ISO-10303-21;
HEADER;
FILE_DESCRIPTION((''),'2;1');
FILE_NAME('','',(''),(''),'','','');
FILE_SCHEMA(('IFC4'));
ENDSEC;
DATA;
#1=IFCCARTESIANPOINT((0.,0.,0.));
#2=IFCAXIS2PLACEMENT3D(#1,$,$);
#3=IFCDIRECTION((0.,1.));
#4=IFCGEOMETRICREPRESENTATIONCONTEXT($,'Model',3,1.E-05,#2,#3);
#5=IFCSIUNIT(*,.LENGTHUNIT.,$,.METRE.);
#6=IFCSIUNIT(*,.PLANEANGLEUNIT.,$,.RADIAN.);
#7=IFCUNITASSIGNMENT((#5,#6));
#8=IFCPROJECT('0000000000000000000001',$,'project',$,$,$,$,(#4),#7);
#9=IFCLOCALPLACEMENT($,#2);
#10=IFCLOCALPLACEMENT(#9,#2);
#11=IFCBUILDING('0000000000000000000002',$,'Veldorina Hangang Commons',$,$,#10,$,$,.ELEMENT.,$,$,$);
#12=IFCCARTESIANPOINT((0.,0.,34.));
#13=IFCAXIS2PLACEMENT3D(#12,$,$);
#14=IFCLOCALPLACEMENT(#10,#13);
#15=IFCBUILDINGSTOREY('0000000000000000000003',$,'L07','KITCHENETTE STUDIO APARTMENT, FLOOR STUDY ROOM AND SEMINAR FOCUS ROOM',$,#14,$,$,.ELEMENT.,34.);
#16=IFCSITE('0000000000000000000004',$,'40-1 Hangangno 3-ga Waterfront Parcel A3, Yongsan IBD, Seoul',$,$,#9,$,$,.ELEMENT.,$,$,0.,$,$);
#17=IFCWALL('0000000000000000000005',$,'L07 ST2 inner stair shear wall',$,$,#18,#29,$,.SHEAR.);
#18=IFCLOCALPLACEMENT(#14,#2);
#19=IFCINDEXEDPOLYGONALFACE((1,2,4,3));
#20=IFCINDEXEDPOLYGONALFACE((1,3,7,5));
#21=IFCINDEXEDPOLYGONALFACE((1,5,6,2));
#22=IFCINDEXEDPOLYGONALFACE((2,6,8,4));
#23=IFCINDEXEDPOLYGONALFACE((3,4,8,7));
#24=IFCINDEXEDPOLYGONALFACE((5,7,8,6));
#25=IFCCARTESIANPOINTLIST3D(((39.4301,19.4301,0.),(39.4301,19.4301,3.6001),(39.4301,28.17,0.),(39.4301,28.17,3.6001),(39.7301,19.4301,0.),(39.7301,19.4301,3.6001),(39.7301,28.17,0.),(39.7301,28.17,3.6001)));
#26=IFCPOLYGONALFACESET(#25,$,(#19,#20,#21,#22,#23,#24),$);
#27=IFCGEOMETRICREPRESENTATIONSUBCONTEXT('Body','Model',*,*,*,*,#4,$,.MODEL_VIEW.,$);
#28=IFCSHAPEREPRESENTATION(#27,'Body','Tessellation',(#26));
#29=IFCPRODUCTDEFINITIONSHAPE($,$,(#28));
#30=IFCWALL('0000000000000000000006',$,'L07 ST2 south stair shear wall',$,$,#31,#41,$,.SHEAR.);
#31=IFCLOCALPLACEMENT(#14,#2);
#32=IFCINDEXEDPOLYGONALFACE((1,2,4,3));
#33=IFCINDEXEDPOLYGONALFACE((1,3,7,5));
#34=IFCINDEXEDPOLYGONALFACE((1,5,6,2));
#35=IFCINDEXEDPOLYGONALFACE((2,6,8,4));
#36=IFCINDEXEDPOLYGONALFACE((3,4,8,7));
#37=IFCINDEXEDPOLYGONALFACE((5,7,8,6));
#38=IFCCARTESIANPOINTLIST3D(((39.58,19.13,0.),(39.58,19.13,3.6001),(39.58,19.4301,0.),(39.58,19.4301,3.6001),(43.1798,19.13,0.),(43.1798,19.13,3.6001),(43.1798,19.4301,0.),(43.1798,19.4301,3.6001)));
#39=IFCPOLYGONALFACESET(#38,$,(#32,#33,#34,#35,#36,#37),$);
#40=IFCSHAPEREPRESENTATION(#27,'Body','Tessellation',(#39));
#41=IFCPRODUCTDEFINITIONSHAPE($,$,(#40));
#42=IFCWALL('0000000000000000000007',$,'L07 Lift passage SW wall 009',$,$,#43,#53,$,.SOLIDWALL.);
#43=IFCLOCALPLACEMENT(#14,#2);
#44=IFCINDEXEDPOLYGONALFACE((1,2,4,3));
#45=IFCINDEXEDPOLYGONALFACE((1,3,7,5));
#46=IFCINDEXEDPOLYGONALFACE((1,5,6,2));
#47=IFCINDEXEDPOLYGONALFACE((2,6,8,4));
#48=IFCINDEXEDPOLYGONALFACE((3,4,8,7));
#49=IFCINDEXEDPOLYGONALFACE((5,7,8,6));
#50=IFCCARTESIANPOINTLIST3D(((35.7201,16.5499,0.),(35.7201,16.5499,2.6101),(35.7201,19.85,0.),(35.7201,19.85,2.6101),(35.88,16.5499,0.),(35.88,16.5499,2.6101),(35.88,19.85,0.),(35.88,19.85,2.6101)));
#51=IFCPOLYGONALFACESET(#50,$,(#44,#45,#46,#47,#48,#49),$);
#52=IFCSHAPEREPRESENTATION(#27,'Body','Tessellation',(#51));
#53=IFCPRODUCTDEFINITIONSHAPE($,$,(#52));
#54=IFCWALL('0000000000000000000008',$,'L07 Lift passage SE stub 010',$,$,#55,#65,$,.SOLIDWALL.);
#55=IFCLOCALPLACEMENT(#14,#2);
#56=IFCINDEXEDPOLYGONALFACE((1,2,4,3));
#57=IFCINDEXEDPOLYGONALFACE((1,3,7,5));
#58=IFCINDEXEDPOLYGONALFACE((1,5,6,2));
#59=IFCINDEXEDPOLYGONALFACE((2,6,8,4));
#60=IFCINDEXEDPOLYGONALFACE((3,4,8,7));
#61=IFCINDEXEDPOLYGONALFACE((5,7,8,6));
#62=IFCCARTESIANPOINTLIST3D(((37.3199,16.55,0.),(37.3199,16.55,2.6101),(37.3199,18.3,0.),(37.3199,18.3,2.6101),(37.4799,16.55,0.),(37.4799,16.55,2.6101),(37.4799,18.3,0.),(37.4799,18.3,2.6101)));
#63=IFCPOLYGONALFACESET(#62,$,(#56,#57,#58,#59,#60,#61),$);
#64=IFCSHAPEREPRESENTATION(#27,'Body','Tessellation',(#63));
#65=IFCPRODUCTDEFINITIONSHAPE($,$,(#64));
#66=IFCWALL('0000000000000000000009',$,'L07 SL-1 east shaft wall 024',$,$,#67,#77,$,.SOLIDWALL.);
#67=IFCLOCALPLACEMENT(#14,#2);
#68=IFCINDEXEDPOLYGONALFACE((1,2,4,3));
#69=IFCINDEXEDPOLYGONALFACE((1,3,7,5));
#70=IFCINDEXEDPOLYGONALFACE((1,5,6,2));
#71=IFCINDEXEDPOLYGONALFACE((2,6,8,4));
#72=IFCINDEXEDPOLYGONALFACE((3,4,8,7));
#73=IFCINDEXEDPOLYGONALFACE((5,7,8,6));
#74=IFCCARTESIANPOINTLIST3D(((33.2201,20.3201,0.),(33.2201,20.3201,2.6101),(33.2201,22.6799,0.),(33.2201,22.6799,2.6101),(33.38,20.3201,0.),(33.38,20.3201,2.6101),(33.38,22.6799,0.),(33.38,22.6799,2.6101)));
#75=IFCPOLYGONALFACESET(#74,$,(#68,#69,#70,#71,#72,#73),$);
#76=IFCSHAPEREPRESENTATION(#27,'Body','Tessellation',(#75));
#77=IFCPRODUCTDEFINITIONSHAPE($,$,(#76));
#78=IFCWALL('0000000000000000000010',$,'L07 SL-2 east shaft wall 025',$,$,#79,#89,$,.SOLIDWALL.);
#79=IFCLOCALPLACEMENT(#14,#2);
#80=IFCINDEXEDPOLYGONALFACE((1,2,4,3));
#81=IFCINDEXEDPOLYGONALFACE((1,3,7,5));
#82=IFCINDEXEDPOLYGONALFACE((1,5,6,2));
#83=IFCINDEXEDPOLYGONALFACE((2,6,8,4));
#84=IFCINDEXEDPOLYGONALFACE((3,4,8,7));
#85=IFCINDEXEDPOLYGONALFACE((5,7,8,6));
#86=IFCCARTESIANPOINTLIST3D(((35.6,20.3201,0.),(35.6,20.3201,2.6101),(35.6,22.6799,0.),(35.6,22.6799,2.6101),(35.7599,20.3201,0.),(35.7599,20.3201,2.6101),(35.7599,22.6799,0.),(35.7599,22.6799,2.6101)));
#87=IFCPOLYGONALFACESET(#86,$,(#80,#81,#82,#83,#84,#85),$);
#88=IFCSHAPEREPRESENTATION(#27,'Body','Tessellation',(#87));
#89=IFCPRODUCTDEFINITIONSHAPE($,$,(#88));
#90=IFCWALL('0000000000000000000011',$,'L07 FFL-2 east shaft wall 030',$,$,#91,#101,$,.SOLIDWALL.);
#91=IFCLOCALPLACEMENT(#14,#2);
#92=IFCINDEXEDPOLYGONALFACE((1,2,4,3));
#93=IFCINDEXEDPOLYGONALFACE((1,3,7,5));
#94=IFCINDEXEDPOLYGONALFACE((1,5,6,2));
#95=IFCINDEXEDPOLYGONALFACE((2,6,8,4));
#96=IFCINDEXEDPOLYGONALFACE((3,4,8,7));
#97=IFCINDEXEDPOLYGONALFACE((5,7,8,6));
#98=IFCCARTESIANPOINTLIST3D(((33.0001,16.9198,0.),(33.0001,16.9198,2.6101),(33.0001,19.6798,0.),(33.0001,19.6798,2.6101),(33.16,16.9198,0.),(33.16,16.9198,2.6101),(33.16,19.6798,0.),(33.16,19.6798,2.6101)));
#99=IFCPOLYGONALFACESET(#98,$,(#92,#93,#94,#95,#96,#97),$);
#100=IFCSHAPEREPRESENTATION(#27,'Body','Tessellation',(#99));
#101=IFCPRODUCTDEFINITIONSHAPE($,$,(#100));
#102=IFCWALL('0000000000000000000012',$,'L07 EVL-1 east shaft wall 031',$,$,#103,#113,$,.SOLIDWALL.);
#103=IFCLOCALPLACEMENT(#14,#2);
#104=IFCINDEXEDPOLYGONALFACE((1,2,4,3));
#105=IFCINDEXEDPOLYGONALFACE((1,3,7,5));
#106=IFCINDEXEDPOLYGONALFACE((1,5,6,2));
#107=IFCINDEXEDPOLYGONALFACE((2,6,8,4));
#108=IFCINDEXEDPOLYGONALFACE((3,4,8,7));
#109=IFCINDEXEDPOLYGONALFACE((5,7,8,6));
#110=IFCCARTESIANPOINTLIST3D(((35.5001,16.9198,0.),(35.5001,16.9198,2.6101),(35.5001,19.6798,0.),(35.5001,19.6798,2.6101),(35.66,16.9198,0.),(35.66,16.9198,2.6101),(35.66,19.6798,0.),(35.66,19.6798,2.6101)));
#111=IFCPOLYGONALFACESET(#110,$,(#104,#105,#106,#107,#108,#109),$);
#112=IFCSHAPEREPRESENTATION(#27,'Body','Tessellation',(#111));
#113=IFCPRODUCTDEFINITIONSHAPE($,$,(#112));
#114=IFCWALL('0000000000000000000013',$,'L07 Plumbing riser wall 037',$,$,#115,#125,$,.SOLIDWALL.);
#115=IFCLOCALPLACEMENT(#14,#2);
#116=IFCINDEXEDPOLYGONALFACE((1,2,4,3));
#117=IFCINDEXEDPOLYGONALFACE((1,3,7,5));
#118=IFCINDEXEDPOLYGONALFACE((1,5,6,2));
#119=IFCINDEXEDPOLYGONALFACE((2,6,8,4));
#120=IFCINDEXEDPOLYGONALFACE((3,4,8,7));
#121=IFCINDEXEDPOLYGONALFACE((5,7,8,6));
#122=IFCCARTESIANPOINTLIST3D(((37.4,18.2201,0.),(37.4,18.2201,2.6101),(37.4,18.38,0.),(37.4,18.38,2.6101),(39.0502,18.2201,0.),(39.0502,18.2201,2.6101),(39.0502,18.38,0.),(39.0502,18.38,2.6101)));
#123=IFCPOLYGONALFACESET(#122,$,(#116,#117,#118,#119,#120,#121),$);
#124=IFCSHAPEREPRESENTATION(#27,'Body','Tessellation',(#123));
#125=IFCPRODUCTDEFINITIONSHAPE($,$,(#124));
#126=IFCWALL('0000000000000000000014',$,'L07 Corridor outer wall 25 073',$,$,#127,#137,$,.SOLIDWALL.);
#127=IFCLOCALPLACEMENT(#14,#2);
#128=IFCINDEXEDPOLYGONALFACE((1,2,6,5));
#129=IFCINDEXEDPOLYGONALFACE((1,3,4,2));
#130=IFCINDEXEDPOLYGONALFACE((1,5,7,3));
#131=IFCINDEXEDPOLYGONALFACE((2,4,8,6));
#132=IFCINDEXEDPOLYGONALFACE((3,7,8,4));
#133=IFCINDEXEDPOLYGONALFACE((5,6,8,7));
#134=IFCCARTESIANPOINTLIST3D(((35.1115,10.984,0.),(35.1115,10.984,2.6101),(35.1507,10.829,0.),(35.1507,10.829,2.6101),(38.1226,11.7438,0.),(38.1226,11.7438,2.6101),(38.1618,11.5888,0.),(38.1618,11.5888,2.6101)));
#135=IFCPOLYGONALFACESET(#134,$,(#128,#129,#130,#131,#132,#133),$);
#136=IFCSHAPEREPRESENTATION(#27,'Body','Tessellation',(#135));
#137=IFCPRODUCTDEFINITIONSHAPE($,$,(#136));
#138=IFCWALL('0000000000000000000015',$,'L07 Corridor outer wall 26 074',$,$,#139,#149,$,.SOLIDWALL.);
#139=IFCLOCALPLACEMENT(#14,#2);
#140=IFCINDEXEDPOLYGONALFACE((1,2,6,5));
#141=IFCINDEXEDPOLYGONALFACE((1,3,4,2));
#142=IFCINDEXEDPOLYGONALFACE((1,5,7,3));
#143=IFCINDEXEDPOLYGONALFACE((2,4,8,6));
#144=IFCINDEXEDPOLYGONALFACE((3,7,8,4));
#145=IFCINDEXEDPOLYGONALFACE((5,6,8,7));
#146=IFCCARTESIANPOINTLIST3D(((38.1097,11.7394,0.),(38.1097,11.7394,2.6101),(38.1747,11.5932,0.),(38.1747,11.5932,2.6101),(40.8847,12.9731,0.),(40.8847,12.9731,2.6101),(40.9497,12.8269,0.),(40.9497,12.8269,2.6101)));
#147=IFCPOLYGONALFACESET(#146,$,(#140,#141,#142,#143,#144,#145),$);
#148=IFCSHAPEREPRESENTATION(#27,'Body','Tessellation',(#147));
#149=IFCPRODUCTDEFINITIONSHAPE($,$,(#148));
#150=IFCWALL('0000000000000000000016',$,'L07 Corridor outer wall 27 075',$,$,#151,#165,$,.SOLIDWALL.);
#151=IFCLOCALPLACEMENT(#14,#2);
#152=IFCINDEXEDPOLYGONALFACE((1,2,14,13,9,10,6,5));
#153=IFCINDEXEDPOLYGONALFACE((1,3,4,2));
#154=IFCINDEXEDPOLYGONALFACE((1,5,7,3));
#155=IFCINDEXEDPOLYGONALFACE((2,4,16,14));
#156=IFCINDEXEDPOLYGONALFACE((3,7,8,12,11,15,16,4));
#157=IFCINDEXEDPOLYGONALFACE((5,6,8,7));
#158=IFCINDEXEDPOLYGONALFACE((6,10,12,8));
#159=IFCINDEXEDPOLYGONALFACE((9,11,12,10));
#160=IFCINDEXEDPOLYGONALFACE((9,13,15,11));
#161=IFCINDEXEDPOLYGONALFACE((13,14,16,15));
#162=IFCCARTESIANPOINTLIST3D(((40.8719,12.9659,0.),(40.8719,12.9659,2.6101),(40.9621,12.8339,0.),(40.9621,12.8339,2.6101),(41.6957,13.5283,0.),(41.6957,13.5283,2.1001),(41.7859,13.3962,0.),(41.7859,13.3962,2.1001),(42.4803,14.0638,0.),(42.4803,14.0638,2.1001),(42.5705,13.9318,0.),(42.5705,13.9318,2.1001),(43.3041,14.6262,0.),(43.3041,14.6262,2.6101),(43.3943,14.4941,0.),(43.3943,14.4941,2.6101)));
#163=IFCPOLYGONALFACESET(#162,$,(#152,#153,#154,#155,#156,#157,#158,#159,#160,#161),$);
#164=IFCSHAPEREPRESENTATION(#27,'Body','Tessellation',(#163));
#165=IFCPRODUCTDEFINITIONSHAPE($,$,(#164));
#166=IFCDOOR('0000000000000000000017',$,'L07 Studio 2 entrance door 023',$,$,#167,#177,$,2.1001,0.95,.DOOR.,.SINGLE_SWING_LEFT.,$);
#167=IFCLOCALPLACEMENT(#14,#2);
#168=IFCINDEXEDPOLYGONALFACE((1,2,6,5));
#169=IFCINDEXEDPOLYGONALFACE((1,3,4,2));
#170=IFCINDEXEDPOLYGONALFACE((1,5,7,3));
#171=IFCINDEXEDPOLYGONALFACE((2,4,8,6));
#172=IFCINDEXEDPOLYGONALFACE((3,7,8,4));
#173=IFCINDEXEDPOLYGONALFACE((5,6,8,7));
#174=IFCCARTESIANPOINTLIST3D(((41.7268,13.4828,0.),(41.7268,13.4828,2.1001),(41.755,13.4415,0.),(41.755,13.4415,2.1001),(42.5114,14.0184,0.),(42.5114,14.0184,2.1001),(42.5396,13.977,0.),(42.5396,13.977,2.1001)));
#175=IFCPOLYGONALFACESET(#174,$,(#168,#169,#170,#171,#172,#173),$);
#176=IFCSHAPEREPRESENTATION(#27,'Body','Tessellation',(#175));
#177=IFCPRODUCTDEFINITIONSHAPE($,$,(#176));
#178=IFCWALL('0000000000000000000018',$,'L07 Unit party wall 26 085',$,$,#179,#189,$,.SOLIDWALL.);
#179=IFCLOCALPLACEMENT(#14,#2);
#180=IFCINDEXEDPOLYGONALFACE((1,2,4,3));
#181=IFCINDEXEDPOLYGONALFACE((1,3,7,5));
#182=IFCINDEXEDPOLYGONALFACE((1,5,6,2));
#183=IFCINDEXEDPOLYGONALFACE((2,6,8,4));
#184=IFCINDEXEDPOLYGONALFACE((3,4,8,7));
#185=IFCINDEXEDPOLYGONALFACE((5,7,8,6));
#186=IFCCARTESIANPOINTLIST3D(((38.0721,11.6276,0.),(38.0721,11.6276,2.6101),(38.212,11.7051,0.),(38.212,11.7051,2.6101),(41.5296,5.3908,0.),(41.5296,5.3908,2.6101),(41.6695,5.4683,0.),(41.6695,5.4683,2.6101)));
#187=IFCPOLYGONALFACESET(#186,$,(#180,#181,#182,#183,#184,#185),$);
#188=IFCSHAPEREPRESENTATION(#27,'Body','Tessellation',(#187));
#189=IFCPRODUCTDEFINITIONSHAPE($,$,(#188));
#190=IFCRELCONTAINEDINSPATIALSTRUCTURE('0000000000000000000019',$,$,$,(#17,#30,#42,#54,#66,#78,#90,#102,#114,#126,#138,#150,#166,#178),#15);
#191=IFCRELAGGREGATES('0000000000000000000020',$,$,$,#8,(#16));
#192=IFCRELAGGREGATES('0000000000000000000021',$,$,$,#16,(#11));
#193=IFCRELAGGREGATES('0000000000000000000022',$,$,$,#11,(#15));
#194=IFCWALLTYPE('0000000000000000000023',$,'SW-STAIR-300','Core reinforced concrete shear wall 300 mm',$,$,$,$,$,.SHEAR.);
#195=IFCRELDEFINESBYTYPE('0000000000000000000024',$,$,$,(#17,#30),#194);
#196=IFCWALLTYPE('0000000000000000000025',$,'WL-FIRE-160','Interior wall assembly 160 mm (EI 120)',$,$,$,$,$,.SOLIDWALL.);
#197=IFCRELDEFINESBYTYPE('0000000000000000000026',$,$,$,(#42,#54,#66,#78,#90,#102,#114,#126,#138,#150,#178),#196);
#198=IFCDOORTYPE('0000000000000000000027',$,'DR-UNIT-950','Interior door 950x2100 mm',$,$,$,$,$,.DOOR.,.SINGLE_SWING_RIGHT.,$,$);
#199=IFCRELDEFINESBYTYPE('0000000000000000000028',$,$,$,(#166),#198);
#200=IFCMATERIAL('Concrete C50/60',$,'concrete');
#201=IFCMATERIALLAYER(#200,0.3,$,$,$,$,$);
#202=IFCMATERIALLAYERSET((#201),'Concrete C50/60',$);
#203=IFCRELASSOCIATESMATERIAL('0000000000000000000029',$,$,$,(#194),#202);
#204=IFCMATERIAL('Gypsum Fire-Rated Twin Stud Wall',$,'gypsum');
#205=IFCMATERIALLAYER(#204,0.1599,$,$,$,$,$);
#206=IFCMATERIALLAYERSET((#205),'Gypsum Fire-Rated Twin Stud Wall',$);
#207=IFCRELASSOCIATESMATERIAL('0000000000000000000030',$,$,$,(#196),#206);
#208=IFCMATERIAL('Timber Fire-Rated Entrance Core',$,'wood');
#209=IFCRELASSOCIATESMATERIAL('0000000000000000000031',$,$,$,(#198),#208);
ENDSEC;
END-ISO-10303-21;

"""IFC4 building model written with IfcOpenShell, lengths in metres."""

from ifc_helpers import new_model, si_unit, direction, frame, frame_2d, origin, place, context, subcontext, project, spatial, rectangle, extrude, material, layer, layer_set, type_object, element, fill, save


model = new_model("IFC4")

# Units and contexts
model_context = context("Model", 3, precision=1e-05, world=origin(), true_north=direction((0.0, 1.0)))
body_context = subcontext(model_context, "Body", "Model", "MODEL_VIEW")
ifc_project = project(units=[si_unit("LENGTHUNIT", "METRE"), si_unit("PLANEANGLEUNIT", "RADIAN")], contexts=[model_context])

# Site, building, storey
site_placement = place(None, origin())
site = spatial("IfcSite", under=ifc_project, at=site_placement, Name="40-1 Hangangno 3-ga Waterfront Parcel A3, Yongsan IBD, Seoul", CompositionType="ELEMENT", RefElevation=0.0)
building_placement = place(site_placement, origin())
building = spatial("IfcBuilding", under=site, at=building_placement, Name="Veldorina Hangang Commons", CompositionType="ELEMENT")
storey_placement = place(building_placement, frame((0.0, 0.0, 34.0)))
storey = spatial("IfcBuildingStorey", under=building, at=storey_placement, Name="L07", Description="KITCHENETTE STUDIO APARTMENT, FLOOR STUDY ROOM AND SEMINAR FOCUS ROOM", CompositionType="ELEMENT", Elevation=34.0)

# Walls
ifc_material_1 = material(Name="Concrete C50/60", Category="concrete")
ifc_layer_1 = layer(ifc_material_1, 0.3)
ifc_layer_set_1 = layer_set([ifc_layer_1], Name="Concrete C50/60")
wall_type_1 = type_object("IfcWallType", Name="SW-STAIR-300", Description="Core reinforced concrete shear wall 300 mm", PredefinedType="SHEAR", material=ifc_layer_set_1)
wall_1_placement = place(storey_placement, frame((39.5801, 19.4299, 0.0), z_axis=(0.0, 0.0, 1.0), x_axis=(0.0, 1.0, 0.0)))
element("IfcWall", 1, at=wall_1_placement, inside=storey, type_object=wall_type_1, Name="L07 ST2 inner stair shear wall", PredefinedType="SHEAR", context=body_context, shape_type="SweptSolid", body=[
    extrude(rectangle(XDim=8.74, YDim=0.3, at=frame_2d((4.3701, 0.0))), origin(), (0.0, 0.0, 1.0), 3.6001),
])
wall_2_placement = place(storey_placement, frame((39.5801, 19.28, 0.0), z_axis=(0.0, 0.0, 1.0), x_axis=(1.0, 0.0, 0.0)))
element("IfcWall", 2, at=wall_2_placement, inside=storey, type_object=wall_type_1, Name="L07 ST2 south stair shear wall", PredefinedType="SHEAR", context=body_context, shape_type="SweptSolid", body=[
    extrude(rectangle(XDim=3.5999, YDim=0.3, at=frame_2d((1.7998, 0.0))), origin(), (0.0, 0.0, 1.0), 3.6001),
])
ifc_material_2 = material(Name="Gypsum Fire-Rated Twin Stud Wall", Category="gypsum")
ifc_layer_2 = layer(ifc_material_2, 0.1599)
ifc_layer_set_2 = layer_set([ifc_layer_2], Name="Gypsum Fire-Rated Twin Stud Wall")
wall_type_2 = type_object("IfcWallType", Name="WL-FIRE-160", Description="Interior wall assembly 160 mm (EI 120)", PredefinedType="SOLIDWALL", material=ifc_layer_set_2)
wall_3_placement = place(storey_placement, frame((35.8, 16.55, 0.0), z_axis=(0.0, 0.0, 1.0), x_axis=(0.0, 1.0, 0.0)))
element("IfcWall", 3, at=wall_3_placement, inside=storey, type_object=wall_type_2, Name="L07 Lift passage SW wall 009", PredefinedType="SOLIDWALL", context=body_context, shape_type="SweptSolid", body=[
    extrude(rectangle(XDim=3.3, YDim=0.1599, at=frame_2d((1.6499, 0.0))), origin(), (0.0, 0.0, 1.0), 2.6101),
])
wall_4_placement = place(storey_placement, frame((37.3999, 16.55, 0.0), z_axis=(0.0, 0.0, 1.0), x_axis=(0.0, 1.0, 0.0)))
element("IfcWall", 4, at=wall_4_placement, inside=storey, type_object=wall_type_2, Name="L07 Lift passage SE stub 010", PredefinedType="SOLIDWALL", context=body_context, shape_type="SweptSolid", body=[
    extrude(rectangle(XDim=1.75, YDim=0.1599, at=frame_2d((0.875, 0.0))), origin(), (0.0, 0.0, 1.0), 2.6101),
])
for number, where, z_axis, x_axis, name in (
    (5, (33.3, 20.3201, 0.0), (0.0, 0.0, 1.0), (0.0, 1.0, 0.0), "L07 SL-1 east shaft wall 024"),
    (6, (35.6799, 20.3201, 0.0), (0.0, 0.0, 1.0), (0.0, 1.0, 0.0), "L07 SL-2 east shaft wall 025"),
):
    element("IfcWall", number, at=place(storey_placement, frame(where, z_axis=z_axis, x_axis=x_axis)), inside=storey, type_object=wall_type_2, Name=name, PredefinedType="SOLIDWALL", context=body_context, shape_type="SweptSolid", body=[
        extrude(rectangle(XDim=2.3599, YDim=0.1599, at=frame_2d((1.1799, 0.0))), origin(), (0.0, 0.0, 1.0), 2.6101),
    ])
for number, where, z_axis, x_axis, name in (
    (7, (33.0801, 16.9199, 0.0), (0.0, 0.0, 1.0), (0.0, 1.0, 0.0), "L07 FFL-2 east shaft wall 030"),
    (8, (35.5801, 16.9199, 0.0), (0.0, 0.0, 1.0), (0.0, 1.0, 0.0), "L07 EVL-1 east shaft wall 031"),
):
    element("IfcWall", number, at=place(storey_placement, frame(where, z_axis=z_axis, x_axis=x_axis)), inside=storey, type_object=wall_type_2, Name=name, PredefinedType="SOLIDWALL", context=body_context, shape_type="SweptSolid", body=[
        extrude(rectangle(XDim=2.76, YDim=0.1599, at=frame_2d((1.3799, 0.0))), origin(), (0.0, 0.0, 1.0), 2.6101),
    ])
wall_5_placement = place(storey_placement, frame((37.3999, 18.3, 0.0), z_axis=(0.0, 0.0, 1.0), x_axis=(1.0, 0.0, 0.0)))
element("IfcWall", 9, at=wall_5_placement, inside=storey, type_object=wall_type_2, Name="L07 Plumbing riser wall 037", PredefinedType="SOLIDWALL", context=body_context, shape_type="SweptSolid", body=[
    extrude(rectangle(XDim=1.6501, YDim=0.1599, at=frame_2d((0.8252, 0.0))), origin(), (0.0, 0.0, 1.0), 2.6101),
])
wall_6_placement = place(storey_placement, frame((35.1311, 10.9065, 0.0), z_axis=(0.0, 0.0, 1.0), x_axis=(0.969608, 0.244662, 0.0)))
element("IfcWall", 10, at=wall_6_placement, inside=storey, type_object=wall_type_2, Name="L07 Corridor outer wall 25 073", PredefinedType="SOLIDWALL", context=body_context, shape_type="SweptSolid", body=[
    extrude(rectangle(XDim=3.1055, YDim=0.1599, at=frame_2d((1.5527, 0.0))), origin(), (0.0, 0.0, 1.0), 2.6101),
])
wall_7_placement = place(storey_placement, frame((38.1421, 11.6663, 0.0), z_axis=(0.0, 0.0, 1.0), x_axis=(0.913768, 0.406235, 0.0)))
element("IfcWall", 11, at=wall_7_placement, inside=storey, type_object=wall_type_2, Name="L07 Corridor outer wall 26 074", PredefinedType="SOLIDWALL", context=body_context, shape_type="SweptSolid", body=[
    extrude(rectangle(XDim=3.0369, YDim=0.1599, at=frame_2d((1.5186, 0.0))), origin(), (0.0, 0.0, 1.0), 2.6101),
])

# Wall, opening, door
wall_8_placement = place(storey_placement, frame((40.917, 12.8999, 0.0), z_axis=(0.0, 0.0, 1.0), x_axis=(0.825929, 0.563774, 0.0)))
wall_8 = element("IfcWall", 12, at=wall_8_placement, inside=storey, type_object=wall_type_2, Name="L07 Corridor outer wall 27 075", PredefinedType="SOLIDWALL", context=body_context, shape_type="SweptSolid", body=[
    extrude(rectangle(XDim=2.9448, YDim=0.1599, at=frame_2d((1.4724, 0.0))), origin(), (0.0, 0.0, 1.0), 2.6101),
])
opening_1_placement = place(wall_8_placement, frame((0.9973, 0.0, 0.0)))
opening_1 = element("IfcOpeningElement", 13, at=opening_1_placement, cuts=wall_8, PredefinedType="OPENING", context=body_context, shape_type="SweptSolid", body=[
    extrude(rectangle(XDim=0.95, YDim=2.1001, at=frame_2d((0.4751, 1.05))), frame((0.0, 0.0898, 0.0), z_axis=(0.0, -1.0, 0.0), x_axis=(1.0, 0.0, 0.0)), (0.0, 0.0, 1.0), 0.1799),
])
ifc_material_3 = material(Name="Timber Fire-Rated Entrance Core", Category="wood")
door_type_1 = type_object("IfcDoorType", Name="DR-UNIT-950", Description="Interior door 950x2100 mm", OperationType="SINGLE_SWING_RIGHT", PredefinedType="DOOR", material=ifc_material_3)
door_1_placement = place(opening_1_placement, origin())
door_1 = element("IfcDoor", 14, at=door_1_placement, inside=storey, type_object=door_type_1, Name="L07 Studio 2 entrance door 023", OperationType="SINGLE_SWING_LEFT", OverallHeight=2.1001, OverallWidth=0.95, PredefinedType="DOOR", context=body_context, shape_type="SweptSolid", body=[
    extrude(rectangle(XDim=0.95, YDim=2.1001, at=frame_2d((0.4751, 1.05))), frame((0.0, 0.0249, 0.0), z_axis=(0.0, -1.0, 0.0), x_axis=(1.0, 0.0, 0.0)), (0.0, 0.0, 1.0), 0.05),
])
fill(opening_1, door_1)

# Wall
wall_9_placement = place(storey_placement, frame((38.1421, 11.6663, 0.0), z_axis=(0.0, 0.0, 1.0), x_axis=(0.484852, -0.874596, 0.0)))
element("IfcWall", 15, at=wall_9_placement, inside=storey, type_object=wall_type_2, Name="L07 Unit party wall 26 085", PredefinedType="SOLIDWALL", context=body_context, shape_type="SweptSolid", body=[
    extrude(rectangle(XDim=7.1311, YDim=0.1599, at=frame_2d((3.5654, 0.0))), origin(), (0.0, 0.0, 1.0), 2.6101),
])

save(model, "model.ifc")
